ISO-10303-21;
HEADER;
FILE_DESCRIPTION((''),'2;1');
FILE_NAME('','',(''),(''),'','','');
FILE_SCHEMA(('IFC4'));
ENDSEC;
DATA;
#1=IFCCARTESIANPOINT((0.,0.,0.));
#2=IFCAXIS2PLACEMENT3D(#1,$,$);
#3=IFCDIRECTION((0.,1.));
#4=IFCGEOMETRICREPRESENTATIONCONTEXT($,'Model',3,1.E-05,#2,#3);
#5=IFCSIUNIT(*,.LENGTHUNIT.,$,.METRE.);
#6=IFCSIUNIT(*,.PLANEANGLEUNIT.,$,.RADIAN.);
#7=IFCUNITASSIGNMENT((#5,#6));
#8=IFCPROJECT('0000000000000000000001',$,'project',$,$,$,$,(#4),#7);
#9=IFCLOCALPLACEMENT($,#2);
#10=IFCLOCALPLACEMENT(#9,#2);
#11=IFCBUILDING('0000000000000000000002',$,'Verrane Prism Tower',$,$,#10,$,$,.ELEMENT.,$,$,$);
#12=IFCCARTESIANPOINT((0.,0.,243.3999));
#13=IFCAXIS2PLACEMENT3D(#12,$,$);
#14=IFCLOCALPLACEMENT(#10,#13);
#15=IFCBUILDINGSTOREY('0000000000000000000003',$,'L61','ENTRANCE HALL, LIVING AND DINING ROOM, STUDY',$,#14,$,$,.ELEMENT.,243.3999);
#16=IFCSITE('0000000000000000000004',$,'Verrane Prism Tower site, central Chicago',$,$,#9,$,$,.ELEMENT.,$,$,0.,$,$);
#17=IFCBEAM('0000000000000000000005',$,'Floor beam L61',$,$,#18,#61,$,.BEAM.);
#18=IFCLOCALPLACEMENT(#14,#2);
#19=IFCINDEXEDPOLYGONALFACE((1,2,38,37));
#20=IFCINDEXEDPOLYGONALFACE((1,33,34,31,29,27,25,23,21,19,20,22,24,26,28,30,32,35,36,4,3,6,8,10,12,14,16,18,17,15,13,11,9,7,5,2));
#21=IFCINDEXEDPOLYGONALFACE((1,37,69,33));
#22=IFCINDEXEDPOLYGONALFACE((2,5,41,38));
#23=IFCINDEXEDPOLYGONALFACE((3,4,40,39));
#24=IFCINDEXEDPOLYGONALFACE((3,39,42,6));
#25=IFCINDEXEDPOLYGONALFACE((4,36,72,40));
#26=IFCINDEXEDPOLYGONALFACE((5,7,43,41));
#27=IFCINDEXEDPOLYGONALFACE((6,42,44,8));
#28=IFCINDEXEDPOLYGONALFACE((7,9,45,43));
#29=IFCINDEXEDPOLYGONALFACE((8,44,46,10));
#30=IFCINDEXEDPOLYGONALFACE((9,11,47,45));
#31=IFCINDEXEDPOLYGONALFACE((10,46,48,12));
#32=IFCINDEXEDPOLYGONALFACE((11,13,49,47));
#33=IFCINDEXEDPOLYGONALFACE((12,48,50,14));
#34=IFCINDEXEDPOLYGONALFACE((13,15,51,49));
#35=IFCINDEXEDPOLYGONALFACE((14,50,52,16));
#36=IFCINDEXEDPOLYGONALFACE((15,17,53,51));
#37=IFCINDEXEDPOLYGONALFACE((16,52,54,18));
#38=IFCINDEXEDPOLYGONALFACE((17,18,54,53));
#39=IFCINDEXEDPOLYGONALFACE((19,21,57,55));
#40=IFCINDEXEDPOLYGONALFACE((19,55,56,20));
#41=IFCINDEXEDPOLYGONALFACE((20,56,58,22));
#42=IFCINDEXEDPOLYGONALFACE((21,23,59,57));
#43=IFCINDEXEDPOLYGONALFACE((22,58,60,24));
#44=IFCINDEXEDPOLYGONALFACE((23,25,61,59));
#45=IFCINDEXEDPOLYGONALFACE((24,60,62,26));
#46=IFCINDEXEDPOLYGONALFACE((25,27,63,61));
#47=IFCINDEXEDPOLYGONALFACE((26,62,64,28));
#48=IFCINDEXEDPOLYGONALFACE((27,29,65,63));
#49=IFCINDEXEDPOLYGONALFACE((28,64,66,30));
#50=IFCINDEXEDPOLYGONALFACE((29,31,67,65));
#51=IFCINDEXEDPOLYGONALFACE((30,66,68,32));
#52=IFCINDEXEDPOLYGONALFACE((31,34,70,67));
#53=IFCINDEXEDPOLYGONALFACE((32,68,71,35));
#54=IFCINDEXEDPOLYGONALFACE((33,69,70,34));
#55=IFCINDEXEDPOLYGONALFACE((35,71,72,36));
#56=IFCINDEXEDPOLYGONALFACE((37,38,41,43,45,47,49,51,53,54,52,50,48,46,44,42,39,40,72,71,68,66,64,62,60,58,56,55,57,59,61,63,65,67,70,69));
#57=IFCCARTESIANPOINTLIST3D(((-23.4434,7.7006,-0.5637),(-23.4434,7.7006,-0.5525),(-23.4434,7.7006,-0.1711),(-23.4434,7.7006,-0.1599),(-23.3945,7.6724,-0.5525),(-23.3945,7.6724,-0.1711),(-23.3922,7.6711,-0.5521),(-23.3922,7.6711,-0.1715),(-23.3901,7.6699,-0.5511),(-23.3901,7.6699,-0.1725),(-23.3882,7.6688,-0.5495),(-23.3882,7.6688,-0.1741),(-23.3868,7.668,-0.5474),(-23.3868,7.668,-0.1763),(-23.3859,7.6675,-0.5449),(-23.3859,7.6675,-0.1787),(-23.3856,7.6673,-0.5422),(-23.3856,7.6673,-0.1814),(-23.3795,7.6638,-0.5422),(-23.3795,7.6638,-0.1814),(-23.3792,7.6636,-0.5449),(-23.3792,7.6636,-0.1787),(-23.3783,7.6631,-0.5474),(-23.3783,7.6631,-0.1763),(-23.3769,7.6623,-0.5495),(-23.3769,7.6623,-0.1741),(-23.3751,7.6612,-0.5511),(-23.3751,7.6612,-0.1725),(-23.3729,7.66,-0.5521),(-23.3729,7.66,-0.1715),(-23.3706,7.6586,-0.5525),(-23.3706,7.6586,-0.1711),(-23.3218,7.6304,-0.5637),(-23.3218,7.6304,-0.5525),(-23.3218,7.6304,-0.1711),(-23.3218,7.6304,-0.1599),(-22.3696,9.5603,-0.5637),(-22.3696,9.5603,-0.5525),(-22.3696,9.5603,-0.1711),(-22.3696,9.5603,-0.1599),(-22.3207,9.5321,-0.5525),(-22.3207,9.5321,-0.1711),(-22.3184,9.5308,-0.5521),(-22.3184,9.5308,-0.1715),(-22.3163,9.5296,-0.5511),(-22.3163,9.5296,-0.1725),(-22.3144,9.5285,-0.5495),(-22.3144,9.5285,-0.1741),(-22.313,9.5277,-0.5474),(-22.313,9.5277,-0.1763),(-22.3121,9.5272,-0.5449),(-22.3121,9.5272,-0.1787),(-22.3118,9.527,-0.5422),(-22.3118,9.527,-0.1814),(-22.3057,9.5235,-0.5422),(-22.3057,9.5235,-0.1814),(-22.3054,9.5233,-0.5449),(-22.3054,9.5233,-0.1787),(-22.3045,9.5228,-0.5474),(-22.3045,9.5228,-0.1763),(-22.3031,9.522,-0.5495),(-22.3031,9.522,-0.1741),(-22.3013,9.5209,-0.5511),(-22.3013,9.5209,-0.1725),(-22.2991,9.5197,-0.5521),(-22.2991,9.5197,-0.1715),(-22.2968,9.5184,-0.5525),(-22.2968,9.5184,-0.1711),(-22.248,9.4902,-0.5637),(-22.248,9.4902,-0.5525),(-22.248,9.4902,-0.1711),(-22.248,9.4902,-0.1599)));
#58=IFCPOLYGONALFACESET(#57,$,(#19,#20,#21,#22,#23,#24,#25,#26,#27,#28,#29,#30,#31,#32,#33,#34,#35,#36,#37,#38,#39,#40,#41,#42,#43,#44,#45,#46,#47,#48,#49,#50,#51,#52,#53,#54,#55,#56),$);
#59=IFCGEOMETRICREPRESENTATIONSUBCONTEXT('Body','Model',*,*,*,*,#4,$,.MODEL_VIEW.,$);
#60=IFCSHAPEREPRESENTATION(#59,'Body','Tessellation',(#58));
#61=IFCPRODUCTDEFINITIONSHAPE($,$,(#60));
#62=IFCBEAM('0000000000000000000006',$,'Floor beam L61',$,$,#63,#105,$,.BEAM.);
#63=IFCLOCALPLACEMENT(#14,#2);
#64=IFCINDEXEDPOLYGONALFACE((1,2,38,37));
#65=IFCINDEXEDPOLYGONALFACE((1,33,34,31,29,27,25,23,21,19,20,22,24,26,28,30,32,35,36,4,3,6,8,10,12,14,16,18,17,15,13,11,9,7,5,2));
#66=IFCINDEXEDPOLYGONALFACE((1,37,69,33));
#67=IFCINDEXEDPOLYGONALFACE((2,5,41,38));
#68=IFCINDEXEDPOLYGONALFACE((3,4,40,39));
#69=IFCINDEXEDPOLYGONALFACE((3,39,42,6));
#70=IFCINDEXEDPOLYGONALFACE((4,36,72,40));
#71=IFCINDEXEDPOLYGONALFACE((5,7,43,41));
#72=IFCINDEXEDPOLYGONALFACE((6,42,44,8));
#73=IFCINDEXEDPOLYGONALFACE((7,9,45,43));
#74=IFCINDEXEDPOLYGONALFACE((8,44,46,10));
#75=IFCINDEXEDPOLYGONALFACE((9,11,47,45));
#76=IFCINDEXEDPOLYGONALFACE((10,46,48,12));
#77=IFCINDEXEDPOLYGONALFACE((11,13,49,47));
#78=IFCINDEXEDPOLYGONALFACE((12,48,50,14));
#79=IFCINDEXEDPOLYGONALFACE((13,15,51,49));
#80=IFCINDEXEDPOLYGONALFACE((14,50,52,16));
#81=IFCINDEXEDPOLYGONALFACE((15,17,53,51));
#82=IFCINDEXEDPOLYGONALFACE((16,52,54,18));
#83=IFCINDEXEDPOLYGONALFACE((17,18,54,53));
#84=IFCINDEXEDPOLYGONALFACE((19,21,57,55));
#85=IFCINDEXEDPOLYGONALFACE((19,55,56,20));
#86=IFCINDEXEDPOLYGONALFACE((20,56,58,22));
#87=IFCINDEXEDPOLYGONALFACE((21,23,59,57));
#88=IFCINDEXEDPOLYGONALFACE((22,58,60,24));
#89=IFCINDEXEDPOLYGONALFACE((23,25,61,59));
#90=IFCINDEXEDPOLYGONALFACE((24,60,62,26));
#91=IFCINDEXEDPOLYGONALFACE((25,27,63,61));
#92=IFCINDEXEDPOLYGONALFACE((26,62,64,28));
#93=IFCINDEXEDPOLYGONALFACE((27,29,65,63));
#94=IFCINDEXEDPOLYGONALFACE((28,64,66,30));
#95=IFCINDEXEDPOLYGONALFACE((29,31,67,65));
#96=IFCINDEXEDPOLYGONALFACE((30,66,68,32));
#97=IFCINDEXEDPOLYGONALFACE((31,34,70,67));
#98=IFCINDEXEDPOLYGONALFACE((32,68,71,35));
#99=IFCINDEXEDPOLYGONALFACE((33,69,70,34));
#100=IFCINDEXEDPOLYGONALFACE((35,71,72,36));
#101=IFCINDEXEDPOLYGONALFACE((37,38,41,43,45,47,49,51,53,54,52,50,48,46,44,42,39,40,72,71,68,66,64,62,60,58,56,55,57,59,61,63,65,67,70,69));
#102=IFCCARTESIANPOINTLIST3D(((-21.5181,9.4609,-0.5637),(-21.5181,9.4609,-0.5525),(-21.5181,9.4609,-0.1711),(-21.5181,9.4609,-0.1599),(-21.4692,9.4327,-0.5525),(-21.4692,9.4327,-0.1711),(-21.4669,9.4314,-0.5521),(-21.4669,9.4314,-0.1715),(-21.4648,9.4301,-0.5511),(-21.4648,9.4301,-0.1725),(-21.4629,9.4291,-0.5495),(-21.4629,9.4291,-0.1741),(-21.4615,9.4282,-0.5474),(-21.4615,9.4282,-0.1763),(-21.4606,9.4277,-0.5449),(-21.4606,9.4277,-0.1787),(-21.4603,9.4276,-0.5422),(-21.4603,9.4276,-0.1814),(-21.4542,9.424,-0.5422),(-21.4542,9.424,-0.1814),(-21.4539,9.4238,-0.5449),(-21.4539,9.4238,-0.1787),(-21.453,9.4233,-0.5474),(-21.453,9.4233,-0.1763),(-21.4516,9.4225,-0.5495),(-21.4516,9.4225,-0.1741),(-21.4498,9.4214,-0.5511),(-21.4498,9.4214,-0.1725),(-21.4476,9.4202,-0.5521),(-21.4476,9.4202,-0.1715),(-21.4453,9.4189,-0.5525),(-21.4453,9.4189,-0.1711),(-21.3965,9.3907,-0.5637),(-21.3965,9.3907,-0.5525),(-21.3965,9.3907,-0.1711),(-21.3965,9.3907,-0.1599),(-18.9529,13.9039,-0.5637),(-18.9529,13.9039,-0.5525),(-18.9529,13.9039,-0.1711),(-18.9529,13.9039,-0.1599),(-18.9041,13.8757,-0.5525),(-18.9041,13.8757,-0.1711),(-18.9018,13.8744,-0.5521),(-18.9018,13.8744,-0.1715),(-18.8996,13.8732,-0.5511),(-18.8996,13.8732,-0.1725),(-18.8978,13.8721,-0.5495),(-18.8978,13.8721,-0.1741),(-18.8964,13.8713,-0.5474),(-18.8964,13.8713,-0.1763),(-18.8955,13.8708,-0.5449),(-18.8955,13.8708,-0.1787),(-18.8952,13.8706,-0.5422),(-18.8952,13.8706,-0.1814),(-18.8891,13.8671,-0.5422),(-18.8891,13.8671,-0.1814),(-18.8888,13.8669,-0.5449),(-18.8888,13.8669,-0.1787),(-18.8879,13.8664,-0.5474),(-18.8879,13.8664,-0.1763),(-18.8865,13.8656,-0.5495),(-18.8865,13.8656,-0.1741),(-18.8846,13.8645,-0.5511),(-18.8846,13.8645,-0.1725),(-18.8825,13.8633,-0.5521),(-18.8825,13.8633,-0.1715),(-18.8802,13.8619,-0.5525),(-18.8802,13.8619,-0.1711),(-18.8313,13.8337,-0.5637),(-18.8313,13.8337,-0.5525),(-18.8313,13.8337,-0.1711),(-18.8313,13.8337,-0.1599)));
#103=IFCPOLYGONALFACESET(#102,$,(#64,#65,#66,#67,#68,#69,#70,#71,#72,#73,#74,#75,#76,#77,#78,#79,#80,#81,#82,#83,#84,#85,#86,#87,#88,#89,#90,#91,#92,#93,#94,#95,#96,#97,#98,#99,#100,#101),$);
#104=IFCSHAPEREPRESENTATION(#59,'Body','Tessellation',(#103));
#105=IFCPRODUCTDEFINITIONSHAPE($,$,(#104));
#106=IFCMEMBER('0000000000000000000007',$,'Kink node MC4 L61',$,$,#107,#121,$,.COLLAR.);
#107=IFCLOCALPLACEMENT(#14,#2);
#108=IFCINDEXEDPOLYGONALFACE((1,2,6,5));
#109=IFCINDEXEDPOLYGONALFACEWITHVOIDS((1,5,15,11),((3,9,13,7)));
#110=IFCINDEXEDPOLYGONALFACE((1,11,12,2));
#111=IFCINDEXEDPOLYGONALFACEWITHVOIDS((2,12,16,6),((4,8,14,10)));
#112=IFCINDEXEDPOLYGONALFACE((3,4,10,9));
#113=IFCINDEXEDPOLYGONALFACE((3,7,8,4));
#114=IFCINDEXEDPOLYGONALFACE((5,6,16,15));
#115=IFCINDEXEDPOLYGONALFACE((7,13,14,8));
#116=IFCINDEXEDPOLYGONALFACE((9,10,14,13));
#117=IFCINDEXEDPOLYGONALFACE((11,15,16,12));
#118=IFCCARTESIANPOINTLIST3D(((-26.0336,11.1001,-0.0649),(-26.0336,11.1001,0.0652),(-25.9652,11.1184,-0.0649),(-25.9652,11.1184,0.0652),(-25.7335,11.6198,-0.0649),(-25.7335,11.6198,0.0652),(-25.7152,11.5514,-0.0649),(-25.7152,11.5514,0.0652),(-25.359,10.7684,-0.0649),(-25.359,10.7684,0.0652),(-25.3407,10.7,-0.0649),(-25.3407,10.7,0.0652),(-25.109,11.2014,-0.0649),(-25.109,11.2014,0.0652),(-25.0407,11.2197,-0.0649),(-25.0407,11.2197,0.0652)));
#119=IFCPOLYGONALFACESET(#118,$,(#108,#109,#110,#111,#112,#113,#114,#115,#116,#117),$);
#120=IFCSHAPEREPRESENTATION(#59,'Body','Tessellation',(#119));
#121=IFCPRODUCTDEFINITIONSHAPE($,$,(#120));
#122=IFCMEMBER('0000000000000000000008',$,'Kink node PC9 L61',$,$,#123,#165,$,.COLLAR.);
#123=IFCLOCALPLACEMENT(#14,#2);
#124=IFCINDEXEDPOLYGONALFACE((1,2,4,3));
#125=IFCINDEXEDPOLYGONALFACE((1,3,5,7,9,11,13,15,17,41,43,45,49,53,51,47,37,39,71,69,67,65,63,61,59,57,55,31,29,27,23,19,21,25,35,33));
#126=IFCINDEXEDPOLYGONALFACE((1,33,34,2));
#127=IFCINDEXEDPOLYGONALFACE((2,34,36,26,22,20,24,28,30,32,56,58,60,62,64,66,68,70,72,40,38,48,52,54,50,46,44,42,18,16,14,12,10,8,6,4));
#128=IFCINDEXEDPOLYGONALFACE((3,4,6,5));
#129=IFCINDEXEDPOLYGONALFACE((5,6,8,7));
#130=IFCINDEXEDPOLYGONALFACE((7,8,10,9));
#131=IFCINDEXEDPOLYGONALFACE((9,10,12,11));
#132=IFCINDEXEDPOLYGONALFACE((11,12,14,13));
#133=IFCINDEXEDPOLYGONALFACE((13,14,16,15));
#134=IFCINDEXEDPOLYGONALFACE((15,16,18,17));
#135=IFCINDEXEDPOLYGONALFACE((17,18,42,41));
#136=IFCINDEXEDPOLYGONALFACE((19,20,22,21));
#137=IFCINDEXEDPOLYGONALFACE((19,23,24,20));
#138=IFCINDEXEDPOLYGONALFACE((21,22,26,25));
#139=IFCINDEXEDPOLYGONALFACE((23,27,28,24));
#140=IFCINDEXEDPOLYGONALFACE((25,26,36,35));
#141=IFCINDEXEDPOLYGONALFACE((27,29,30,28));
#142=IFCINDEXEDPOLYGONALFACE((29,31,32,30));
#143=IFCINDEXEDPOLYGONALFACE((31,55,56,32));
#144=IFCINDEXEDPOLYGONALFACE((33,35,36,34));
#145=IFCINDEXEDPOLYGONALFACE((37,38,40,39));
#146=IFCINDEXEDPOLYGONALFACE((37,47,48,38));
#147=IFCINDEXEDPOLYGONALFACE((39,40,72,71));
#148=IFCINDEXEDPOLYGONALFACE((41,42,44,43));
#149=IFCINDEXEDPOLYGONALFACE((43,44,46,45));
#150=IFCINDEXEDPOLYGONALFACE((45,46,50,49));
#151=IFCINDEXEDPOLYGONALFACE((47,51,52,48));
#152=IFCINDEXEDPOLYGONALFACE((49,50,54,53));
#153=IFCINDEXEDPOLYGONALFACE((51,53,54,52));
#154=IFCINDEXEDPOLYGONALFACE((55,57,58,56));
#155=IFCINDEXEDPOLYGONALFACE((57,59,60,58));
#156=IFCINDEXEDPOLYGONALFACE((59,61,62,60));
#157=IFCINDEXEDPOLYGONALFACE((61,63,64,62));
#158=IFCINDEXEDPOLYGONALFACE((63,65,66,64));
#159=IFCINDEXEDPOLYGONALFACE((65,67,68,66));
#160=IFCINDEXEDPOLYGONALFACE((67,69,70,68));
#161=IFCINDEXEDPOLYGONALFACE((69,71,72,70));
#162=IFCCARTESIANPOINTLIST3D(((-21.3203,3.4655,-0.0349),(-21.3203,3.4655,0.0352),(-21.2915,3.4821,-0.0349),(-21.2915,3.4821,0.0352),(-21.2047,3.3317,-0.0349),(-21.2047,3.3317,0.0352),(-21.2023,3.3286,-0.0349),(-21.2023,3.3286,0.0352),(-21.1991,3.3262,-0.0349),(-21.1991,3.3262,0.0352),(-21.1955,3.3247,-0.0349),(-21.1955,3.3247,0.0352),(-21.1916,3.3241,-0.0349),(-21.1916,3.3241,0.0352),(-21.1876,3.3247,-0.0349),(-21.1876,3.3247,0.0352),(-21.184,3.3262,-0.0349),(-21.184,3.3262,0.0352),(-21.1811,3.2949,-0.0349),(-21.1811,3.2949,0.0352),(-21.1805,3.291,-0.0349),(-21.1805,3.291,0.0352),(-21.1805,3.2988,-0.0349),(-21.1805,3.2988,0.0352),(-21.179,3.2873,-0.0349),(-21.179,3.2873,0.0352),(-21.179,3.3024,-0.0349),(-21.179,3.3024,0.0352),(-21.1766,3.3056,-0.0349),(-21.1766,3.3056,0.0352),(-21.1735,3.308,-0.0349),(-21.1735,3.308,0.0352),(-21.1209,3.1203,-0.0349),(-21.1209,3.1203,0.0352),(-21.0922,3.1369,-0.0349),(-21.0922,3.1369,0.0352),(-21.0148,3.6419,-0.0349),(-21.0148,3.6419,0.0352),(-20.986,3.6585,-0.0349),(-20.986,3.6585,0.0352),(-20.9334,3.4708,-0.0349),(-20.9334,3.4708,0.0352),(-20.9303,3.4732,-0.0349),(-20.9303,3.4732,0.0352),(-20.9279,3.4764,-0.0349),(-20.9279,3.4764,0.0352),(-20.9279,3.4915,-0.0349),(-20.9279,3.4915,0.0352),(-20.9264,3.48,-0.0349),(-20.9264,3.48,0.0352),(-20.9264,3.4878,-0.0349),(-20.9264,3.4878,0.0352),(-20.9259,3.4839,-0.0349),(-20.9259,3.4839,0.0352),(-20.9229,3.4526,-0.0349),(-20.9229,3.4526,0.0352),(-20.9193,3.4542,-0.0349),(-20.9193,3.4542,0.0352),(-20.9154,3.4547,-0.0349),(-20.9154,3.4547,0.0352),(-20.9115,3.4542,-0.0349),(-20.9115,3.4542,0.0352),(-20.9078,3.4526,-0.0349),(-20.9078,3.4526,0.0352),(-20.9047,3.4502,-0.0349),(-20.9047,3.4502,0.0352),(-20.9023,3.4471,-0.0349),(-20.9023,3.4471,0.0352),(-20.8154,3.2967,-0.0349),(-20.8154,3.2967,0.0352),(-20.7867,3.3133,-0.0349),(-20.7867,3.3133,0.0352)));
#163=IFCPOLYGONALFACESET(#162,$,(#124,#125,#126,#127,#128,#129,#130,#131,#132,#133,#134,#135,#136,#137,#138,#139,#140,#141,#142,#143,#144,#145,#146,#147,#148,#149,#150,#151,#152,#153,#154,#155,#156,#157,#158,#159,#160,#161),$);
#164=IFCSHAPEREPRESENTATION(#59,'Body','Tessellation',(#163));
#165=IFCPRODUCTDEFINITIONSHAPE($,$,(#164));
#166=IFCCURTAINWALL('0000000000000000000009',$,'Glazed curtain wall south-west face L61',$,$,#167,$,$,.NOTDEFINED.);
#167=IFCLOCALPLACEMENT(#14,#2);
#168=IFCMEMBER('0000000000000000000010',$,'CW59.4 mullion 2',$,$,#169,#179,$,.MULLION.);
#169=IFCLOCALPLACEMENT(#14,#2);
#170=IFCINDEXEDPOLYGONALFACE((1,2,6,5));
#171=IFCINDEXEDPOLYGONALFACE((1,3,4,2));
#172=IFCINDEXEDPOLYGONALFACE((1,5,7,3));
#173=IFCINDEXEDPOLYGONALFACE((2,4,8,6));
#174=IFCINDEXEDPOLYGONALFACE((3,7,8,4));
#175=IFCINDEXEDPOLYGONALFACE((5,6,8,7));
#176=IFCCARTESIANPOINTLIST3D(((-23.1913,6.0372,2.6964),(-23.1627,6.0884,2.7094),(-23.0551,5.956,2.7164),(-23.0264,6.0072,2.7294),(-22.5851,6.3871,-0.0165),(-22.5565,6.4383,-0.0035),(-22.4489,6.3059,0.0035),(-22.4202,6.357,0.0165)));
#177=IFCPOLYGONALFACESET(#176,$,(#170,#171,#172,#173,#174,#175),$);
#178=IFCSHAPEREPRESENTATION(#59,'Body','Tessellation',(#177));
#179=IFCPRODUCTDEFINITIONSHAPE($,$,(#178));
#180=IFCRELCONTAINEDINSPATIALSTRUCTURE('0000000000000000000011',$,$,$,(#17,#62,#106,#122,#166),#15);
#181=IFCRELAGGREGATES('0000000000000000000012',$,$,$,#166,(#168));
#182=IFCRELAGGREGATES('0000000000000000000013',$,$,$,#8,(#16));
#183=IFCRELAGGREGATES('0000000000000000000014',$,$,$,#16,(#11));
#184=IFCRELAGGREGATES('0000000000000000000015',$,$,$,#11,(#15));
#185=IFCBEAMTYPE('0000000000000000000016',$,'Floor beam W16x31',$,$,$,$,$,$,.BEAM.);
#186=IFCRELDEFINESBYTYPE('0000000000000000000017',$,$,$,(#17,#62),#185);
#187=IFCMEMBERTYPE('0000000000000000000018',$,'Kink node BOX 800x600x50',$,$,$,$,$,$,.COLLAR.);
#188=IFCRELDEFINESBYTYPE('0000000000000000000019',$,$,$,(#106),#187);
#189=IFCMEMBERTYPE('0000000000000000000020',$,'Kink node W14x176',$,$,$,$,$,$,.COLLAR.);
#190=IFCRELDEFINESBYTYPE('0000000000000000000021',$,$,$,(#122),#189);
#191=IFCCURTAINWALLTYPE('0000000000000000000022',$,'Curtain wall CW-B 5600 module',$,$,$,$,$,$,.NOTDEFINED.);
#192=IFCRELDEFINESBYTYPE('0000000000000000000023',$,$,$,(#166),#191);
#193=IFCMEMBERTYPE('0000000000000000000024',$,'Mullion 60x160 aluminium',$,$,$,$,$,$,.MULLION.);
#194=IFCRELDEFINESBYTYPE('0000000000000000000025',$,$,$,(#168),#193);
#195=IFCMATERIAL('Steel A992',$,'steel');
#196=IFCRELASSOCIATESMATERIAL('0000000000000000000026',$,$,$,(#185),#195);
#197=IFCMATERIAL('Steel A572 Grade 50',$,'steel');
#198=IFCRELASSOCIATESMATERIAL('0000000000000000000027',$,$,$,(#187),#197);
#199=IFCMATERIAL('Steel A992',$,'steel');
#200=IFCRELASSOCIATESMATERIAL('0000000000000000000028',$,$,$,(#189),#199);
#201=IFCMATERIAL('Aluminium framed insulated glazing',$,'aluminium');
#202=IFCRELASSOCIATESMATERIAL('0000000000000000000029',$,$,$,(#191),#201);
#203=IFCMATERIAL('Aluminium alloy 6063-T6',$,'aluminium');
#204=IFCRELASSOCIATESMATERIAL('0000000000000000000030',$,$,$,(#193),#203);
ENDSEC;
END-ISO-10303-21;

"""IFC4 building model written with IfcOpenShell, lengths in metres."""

from ifc_helpers import new_model, si_unit, direction, frame, origin, origin_2d, place, context, subcontext, project, spatial, rectangle, hollow_rectangle, i_section, extrude, material, material_profile, profile_set, type_object, element, aggregate, save


model = new_model("IFC4")

# Units and contexts
model_context = context("Model", 3, precision=1e-05, world=origin(), true_north=direction((0.0, 1.0)))
body_context = subcontext(model_context, "Body", "Model", "MODEL_VIEW")
ifc_project = project(units=[si_unit("LENGTHUNIT", "METRE"), si_unit("PLANEANGLEUNIT", "RADIAN")], contexts=[model_context])

# Site, building, storey
site_placement = place(None, origin())
site = spatial("IfcSite", under=ifc_project, at=site_placement, Name="Verrane Prism Tower site, central Chicago", CompositionType="ELEMENT", RefElevation=0.0)
building_placement = place(site_placement, origin())
building = spatial("IfcBuilding", under=site, at=building_placement, Name="Verrane Prism Tower", CompositionType="ELEMENT")
storey_placement = place(building_placement, frame((0.0, 0.0, 243.3999)))
storey = spatial("IfcBuildingStorey", under=building, at=storey_placement, Name="L61", Description="ENTRANCE HALL, LIVING AND DINING ROOM, STUDY", CompositionType="ELEMENT", Elevation=243.3999)

# Beams
ifc_material_1 = material(Name="Steel A992", Category="steel")
ifc_material_profile_1 = material_profile(ifc_material_1, i_section(OverallWidth=0.1404, OverallDepth=0.4038, WebThickness=0.0071, FlangeThickness=0.0112, FilletRadius=0.0103, at=origin_2d()), Name="W16x31")
ifc_profile_set_1 = profile_set([ifc_material_profile_1], Name="Steel A992")
beam_type_1 = type_object("IfcBeamType", Name="Floor beam W16x31", PredefinedType="BEAM", material=ifc_profile_set_1)
beam_1_placement = place(storey_placement, frame((-23.3826, 7.6655, -0.3618), z_axis=(0.500028, 0.86601, 0.0), x_axis=(-0.86601, 0.500028, 0.0)))
element("IfcBeam", 1, at=beam_1_placement, inside=storey, type_object=beam_type_1, Name="Floor beam L61", PredefinedType="BEAM", context=body_context, shape_type="SweptSolid", body=[
    extrude(i_section(OverallWidth=0.1404, OverallDepth=0.4038, WebThickness=0.0071, FlangeThickness=0.0112, FilletRadius=0.0103, at=origin_2d()), origin(), (0.0, 0.0, 1.0), 2.1475),
])
beam_2_placement = place(storey_placement, frame((-21.4573, 9.4258, -0.3618), z_axis=(0.499993, 0.866029, 0.0), x_axis=(-0.866029, 0.499993, 0.0)))
element("IfcBeam", 2, at=beam_2_placement, inside=storey, type_object=beam_type_1, Name="Floor beam L61", PredefinedType="BEAM", context=body_context, shape_type="SweptSolid", body=[
    extrude(i_section(OverallWidth=0.1404, OverallDepth=0.4038, WebThickness=0.0071, FlangeThickness=0.0112, FilletRadius=0.0103, at=origin_2d()), origin(), (0.0, 0.0, 1.0), 5.1304),
])

# Members
ifc_material_2 = material(Name="Steel A572 Grade 50", Category="steel")
ifc_material_profile_2 = material_profile(ifc_material_2, hollow_rectangle(XDim=0.6001, YDim=0.8, WallThickness=0.05, at=origin_2d()), Name="BOX 800x600x50")
ifc_profile_set_2 = profile_set([ifc_material_profile_2], Name="Steel A572 Grade 50")
member_type_1 = type_object("IfcMemberType", Name="Kink node BOX 800x600x50", PredefinedType="COLLAR", material=ifc_profile_set_2)
member_1_placement = place(storey_placement, frame((-25.5371, 11.1599, -0.0649), z_axis=(0.0, 0.0, 1.0), x_axis=(0.5, 0.866025, 0.0)))
element("IfcMember", 3, at=member_1_placement, inside=storey, type_object=member_type_1, Name="Kink node MC4 L61", PredefinedType="COLLAR", context=body_context, shape_type="SweptSolid", body=[
    extrude(hollow_rectangle(XDim=0.6001, YDim=0.8, WallThickness=0.05, at=origin_2d()), origin(), (0.0, 0.0, 1.0), 0.1301),
])
ifc_material_3 = material(Name="Steel A992", Category="steel")
ifc_material_profile_3 = material_profile(ifc_material_3, i_section(OverallWidth=0.3987, OverallDepth=0.386, WebThickness=0.021, FlangeThickness=0.0332, FilletRadius=0.0151, at=origin_2d()), Name="W14x176")
ifc_profile_set_3 = profile_set([ifc_material_profile_3], Name="Steel A992")
member_type_2 = type_object("IfcMemberType", Name="Kink node W14x176", PredefinedType="COLLAR", material=ifc_profile_set_3)
member_2_placement = place(storey_placement, frame((-21.0535, 3.3894, -0.0349), z_axis=(0.0, 0.0, 1.0), x_axis=(-0.5, 0.866025, 0.0)))
element("IfcMember", 4, at=member_2_placement, inside=storey, type_object=member_type_2, Name="Kink node PC9 L61", PredefinedType="COLLAR", context=body_context, shape_type="SweptSolid", body=[
    extrude(i_section(OverallWidth=0.3987, OverallDepth=0.386, WebThickness=0.021, FlangeThickness=0.0332, FilletRadius=0.0151, at=origin_2d()), origin(), (0.0, 0.0, 1.0), 0.0701),
])

# Curtain wall, member
ifc_material_4 = material(Name="Aluminium framed insulated glazing", Category="aluminium")
curtain_wall_type = type_object("IfcCurtainWallType", Name="Curtain wall CW-B 5600 module", PredefinedType="NOTDEFINED", material=ifc_material_4)
curtain_wall_placement = place(storey_placement, origin())
curtain_wall = element("IfcCurtainWall", 5, at=curtain_wall_placement, inside=storey, type_object=curtain_wall_type, Name="Glazed curtain wall south-west face L61", PredefinedType="NOTDEFINED")
ifc_material_5 = material(Name="Aluminium alloy 6063-T6", Category="aluminium")
ifc_material_profile_4 = material_profile(ifc_material_5, rectangle(XDim=0.1599, YDim=0.0601, at=origin_2d()), Name="Mullion 60x160 aluminium")
ifc_profile_set_4 = profile_set([ifc_material_profile_4], Name="Aluminium alloy 6063-T6")
member_type_3 = type_object("IfcMemberType", Name="Mullion 60x160 aluminium", PredefinedType="MULLION", material=ifc_profile_set_4)
member_3_placement = place(storey_placement, frame((-22.5027, 6.3721, 0.0), z_axis=(-0.216367, -0.124871, 0.968294), x_axis=(0.85221, -0.508072, 0.124907)))
member_3 = element("IfcMember", 6, at=member_3_placement, type_object=member_type_3, Name="CW59.4 mullion 2", PredefinedType="MULLION", context=body_context, shape_type="SweptSolid", body=[
    extrude(rectangle(XDim=0.1599, YDim=0.0601, at=origin_2d()), origin(), (0.0, 0.0, 1.0), 2.8018),
])

aggregate(curtain_wall, [member_3])

save(model, "model.ifc")
